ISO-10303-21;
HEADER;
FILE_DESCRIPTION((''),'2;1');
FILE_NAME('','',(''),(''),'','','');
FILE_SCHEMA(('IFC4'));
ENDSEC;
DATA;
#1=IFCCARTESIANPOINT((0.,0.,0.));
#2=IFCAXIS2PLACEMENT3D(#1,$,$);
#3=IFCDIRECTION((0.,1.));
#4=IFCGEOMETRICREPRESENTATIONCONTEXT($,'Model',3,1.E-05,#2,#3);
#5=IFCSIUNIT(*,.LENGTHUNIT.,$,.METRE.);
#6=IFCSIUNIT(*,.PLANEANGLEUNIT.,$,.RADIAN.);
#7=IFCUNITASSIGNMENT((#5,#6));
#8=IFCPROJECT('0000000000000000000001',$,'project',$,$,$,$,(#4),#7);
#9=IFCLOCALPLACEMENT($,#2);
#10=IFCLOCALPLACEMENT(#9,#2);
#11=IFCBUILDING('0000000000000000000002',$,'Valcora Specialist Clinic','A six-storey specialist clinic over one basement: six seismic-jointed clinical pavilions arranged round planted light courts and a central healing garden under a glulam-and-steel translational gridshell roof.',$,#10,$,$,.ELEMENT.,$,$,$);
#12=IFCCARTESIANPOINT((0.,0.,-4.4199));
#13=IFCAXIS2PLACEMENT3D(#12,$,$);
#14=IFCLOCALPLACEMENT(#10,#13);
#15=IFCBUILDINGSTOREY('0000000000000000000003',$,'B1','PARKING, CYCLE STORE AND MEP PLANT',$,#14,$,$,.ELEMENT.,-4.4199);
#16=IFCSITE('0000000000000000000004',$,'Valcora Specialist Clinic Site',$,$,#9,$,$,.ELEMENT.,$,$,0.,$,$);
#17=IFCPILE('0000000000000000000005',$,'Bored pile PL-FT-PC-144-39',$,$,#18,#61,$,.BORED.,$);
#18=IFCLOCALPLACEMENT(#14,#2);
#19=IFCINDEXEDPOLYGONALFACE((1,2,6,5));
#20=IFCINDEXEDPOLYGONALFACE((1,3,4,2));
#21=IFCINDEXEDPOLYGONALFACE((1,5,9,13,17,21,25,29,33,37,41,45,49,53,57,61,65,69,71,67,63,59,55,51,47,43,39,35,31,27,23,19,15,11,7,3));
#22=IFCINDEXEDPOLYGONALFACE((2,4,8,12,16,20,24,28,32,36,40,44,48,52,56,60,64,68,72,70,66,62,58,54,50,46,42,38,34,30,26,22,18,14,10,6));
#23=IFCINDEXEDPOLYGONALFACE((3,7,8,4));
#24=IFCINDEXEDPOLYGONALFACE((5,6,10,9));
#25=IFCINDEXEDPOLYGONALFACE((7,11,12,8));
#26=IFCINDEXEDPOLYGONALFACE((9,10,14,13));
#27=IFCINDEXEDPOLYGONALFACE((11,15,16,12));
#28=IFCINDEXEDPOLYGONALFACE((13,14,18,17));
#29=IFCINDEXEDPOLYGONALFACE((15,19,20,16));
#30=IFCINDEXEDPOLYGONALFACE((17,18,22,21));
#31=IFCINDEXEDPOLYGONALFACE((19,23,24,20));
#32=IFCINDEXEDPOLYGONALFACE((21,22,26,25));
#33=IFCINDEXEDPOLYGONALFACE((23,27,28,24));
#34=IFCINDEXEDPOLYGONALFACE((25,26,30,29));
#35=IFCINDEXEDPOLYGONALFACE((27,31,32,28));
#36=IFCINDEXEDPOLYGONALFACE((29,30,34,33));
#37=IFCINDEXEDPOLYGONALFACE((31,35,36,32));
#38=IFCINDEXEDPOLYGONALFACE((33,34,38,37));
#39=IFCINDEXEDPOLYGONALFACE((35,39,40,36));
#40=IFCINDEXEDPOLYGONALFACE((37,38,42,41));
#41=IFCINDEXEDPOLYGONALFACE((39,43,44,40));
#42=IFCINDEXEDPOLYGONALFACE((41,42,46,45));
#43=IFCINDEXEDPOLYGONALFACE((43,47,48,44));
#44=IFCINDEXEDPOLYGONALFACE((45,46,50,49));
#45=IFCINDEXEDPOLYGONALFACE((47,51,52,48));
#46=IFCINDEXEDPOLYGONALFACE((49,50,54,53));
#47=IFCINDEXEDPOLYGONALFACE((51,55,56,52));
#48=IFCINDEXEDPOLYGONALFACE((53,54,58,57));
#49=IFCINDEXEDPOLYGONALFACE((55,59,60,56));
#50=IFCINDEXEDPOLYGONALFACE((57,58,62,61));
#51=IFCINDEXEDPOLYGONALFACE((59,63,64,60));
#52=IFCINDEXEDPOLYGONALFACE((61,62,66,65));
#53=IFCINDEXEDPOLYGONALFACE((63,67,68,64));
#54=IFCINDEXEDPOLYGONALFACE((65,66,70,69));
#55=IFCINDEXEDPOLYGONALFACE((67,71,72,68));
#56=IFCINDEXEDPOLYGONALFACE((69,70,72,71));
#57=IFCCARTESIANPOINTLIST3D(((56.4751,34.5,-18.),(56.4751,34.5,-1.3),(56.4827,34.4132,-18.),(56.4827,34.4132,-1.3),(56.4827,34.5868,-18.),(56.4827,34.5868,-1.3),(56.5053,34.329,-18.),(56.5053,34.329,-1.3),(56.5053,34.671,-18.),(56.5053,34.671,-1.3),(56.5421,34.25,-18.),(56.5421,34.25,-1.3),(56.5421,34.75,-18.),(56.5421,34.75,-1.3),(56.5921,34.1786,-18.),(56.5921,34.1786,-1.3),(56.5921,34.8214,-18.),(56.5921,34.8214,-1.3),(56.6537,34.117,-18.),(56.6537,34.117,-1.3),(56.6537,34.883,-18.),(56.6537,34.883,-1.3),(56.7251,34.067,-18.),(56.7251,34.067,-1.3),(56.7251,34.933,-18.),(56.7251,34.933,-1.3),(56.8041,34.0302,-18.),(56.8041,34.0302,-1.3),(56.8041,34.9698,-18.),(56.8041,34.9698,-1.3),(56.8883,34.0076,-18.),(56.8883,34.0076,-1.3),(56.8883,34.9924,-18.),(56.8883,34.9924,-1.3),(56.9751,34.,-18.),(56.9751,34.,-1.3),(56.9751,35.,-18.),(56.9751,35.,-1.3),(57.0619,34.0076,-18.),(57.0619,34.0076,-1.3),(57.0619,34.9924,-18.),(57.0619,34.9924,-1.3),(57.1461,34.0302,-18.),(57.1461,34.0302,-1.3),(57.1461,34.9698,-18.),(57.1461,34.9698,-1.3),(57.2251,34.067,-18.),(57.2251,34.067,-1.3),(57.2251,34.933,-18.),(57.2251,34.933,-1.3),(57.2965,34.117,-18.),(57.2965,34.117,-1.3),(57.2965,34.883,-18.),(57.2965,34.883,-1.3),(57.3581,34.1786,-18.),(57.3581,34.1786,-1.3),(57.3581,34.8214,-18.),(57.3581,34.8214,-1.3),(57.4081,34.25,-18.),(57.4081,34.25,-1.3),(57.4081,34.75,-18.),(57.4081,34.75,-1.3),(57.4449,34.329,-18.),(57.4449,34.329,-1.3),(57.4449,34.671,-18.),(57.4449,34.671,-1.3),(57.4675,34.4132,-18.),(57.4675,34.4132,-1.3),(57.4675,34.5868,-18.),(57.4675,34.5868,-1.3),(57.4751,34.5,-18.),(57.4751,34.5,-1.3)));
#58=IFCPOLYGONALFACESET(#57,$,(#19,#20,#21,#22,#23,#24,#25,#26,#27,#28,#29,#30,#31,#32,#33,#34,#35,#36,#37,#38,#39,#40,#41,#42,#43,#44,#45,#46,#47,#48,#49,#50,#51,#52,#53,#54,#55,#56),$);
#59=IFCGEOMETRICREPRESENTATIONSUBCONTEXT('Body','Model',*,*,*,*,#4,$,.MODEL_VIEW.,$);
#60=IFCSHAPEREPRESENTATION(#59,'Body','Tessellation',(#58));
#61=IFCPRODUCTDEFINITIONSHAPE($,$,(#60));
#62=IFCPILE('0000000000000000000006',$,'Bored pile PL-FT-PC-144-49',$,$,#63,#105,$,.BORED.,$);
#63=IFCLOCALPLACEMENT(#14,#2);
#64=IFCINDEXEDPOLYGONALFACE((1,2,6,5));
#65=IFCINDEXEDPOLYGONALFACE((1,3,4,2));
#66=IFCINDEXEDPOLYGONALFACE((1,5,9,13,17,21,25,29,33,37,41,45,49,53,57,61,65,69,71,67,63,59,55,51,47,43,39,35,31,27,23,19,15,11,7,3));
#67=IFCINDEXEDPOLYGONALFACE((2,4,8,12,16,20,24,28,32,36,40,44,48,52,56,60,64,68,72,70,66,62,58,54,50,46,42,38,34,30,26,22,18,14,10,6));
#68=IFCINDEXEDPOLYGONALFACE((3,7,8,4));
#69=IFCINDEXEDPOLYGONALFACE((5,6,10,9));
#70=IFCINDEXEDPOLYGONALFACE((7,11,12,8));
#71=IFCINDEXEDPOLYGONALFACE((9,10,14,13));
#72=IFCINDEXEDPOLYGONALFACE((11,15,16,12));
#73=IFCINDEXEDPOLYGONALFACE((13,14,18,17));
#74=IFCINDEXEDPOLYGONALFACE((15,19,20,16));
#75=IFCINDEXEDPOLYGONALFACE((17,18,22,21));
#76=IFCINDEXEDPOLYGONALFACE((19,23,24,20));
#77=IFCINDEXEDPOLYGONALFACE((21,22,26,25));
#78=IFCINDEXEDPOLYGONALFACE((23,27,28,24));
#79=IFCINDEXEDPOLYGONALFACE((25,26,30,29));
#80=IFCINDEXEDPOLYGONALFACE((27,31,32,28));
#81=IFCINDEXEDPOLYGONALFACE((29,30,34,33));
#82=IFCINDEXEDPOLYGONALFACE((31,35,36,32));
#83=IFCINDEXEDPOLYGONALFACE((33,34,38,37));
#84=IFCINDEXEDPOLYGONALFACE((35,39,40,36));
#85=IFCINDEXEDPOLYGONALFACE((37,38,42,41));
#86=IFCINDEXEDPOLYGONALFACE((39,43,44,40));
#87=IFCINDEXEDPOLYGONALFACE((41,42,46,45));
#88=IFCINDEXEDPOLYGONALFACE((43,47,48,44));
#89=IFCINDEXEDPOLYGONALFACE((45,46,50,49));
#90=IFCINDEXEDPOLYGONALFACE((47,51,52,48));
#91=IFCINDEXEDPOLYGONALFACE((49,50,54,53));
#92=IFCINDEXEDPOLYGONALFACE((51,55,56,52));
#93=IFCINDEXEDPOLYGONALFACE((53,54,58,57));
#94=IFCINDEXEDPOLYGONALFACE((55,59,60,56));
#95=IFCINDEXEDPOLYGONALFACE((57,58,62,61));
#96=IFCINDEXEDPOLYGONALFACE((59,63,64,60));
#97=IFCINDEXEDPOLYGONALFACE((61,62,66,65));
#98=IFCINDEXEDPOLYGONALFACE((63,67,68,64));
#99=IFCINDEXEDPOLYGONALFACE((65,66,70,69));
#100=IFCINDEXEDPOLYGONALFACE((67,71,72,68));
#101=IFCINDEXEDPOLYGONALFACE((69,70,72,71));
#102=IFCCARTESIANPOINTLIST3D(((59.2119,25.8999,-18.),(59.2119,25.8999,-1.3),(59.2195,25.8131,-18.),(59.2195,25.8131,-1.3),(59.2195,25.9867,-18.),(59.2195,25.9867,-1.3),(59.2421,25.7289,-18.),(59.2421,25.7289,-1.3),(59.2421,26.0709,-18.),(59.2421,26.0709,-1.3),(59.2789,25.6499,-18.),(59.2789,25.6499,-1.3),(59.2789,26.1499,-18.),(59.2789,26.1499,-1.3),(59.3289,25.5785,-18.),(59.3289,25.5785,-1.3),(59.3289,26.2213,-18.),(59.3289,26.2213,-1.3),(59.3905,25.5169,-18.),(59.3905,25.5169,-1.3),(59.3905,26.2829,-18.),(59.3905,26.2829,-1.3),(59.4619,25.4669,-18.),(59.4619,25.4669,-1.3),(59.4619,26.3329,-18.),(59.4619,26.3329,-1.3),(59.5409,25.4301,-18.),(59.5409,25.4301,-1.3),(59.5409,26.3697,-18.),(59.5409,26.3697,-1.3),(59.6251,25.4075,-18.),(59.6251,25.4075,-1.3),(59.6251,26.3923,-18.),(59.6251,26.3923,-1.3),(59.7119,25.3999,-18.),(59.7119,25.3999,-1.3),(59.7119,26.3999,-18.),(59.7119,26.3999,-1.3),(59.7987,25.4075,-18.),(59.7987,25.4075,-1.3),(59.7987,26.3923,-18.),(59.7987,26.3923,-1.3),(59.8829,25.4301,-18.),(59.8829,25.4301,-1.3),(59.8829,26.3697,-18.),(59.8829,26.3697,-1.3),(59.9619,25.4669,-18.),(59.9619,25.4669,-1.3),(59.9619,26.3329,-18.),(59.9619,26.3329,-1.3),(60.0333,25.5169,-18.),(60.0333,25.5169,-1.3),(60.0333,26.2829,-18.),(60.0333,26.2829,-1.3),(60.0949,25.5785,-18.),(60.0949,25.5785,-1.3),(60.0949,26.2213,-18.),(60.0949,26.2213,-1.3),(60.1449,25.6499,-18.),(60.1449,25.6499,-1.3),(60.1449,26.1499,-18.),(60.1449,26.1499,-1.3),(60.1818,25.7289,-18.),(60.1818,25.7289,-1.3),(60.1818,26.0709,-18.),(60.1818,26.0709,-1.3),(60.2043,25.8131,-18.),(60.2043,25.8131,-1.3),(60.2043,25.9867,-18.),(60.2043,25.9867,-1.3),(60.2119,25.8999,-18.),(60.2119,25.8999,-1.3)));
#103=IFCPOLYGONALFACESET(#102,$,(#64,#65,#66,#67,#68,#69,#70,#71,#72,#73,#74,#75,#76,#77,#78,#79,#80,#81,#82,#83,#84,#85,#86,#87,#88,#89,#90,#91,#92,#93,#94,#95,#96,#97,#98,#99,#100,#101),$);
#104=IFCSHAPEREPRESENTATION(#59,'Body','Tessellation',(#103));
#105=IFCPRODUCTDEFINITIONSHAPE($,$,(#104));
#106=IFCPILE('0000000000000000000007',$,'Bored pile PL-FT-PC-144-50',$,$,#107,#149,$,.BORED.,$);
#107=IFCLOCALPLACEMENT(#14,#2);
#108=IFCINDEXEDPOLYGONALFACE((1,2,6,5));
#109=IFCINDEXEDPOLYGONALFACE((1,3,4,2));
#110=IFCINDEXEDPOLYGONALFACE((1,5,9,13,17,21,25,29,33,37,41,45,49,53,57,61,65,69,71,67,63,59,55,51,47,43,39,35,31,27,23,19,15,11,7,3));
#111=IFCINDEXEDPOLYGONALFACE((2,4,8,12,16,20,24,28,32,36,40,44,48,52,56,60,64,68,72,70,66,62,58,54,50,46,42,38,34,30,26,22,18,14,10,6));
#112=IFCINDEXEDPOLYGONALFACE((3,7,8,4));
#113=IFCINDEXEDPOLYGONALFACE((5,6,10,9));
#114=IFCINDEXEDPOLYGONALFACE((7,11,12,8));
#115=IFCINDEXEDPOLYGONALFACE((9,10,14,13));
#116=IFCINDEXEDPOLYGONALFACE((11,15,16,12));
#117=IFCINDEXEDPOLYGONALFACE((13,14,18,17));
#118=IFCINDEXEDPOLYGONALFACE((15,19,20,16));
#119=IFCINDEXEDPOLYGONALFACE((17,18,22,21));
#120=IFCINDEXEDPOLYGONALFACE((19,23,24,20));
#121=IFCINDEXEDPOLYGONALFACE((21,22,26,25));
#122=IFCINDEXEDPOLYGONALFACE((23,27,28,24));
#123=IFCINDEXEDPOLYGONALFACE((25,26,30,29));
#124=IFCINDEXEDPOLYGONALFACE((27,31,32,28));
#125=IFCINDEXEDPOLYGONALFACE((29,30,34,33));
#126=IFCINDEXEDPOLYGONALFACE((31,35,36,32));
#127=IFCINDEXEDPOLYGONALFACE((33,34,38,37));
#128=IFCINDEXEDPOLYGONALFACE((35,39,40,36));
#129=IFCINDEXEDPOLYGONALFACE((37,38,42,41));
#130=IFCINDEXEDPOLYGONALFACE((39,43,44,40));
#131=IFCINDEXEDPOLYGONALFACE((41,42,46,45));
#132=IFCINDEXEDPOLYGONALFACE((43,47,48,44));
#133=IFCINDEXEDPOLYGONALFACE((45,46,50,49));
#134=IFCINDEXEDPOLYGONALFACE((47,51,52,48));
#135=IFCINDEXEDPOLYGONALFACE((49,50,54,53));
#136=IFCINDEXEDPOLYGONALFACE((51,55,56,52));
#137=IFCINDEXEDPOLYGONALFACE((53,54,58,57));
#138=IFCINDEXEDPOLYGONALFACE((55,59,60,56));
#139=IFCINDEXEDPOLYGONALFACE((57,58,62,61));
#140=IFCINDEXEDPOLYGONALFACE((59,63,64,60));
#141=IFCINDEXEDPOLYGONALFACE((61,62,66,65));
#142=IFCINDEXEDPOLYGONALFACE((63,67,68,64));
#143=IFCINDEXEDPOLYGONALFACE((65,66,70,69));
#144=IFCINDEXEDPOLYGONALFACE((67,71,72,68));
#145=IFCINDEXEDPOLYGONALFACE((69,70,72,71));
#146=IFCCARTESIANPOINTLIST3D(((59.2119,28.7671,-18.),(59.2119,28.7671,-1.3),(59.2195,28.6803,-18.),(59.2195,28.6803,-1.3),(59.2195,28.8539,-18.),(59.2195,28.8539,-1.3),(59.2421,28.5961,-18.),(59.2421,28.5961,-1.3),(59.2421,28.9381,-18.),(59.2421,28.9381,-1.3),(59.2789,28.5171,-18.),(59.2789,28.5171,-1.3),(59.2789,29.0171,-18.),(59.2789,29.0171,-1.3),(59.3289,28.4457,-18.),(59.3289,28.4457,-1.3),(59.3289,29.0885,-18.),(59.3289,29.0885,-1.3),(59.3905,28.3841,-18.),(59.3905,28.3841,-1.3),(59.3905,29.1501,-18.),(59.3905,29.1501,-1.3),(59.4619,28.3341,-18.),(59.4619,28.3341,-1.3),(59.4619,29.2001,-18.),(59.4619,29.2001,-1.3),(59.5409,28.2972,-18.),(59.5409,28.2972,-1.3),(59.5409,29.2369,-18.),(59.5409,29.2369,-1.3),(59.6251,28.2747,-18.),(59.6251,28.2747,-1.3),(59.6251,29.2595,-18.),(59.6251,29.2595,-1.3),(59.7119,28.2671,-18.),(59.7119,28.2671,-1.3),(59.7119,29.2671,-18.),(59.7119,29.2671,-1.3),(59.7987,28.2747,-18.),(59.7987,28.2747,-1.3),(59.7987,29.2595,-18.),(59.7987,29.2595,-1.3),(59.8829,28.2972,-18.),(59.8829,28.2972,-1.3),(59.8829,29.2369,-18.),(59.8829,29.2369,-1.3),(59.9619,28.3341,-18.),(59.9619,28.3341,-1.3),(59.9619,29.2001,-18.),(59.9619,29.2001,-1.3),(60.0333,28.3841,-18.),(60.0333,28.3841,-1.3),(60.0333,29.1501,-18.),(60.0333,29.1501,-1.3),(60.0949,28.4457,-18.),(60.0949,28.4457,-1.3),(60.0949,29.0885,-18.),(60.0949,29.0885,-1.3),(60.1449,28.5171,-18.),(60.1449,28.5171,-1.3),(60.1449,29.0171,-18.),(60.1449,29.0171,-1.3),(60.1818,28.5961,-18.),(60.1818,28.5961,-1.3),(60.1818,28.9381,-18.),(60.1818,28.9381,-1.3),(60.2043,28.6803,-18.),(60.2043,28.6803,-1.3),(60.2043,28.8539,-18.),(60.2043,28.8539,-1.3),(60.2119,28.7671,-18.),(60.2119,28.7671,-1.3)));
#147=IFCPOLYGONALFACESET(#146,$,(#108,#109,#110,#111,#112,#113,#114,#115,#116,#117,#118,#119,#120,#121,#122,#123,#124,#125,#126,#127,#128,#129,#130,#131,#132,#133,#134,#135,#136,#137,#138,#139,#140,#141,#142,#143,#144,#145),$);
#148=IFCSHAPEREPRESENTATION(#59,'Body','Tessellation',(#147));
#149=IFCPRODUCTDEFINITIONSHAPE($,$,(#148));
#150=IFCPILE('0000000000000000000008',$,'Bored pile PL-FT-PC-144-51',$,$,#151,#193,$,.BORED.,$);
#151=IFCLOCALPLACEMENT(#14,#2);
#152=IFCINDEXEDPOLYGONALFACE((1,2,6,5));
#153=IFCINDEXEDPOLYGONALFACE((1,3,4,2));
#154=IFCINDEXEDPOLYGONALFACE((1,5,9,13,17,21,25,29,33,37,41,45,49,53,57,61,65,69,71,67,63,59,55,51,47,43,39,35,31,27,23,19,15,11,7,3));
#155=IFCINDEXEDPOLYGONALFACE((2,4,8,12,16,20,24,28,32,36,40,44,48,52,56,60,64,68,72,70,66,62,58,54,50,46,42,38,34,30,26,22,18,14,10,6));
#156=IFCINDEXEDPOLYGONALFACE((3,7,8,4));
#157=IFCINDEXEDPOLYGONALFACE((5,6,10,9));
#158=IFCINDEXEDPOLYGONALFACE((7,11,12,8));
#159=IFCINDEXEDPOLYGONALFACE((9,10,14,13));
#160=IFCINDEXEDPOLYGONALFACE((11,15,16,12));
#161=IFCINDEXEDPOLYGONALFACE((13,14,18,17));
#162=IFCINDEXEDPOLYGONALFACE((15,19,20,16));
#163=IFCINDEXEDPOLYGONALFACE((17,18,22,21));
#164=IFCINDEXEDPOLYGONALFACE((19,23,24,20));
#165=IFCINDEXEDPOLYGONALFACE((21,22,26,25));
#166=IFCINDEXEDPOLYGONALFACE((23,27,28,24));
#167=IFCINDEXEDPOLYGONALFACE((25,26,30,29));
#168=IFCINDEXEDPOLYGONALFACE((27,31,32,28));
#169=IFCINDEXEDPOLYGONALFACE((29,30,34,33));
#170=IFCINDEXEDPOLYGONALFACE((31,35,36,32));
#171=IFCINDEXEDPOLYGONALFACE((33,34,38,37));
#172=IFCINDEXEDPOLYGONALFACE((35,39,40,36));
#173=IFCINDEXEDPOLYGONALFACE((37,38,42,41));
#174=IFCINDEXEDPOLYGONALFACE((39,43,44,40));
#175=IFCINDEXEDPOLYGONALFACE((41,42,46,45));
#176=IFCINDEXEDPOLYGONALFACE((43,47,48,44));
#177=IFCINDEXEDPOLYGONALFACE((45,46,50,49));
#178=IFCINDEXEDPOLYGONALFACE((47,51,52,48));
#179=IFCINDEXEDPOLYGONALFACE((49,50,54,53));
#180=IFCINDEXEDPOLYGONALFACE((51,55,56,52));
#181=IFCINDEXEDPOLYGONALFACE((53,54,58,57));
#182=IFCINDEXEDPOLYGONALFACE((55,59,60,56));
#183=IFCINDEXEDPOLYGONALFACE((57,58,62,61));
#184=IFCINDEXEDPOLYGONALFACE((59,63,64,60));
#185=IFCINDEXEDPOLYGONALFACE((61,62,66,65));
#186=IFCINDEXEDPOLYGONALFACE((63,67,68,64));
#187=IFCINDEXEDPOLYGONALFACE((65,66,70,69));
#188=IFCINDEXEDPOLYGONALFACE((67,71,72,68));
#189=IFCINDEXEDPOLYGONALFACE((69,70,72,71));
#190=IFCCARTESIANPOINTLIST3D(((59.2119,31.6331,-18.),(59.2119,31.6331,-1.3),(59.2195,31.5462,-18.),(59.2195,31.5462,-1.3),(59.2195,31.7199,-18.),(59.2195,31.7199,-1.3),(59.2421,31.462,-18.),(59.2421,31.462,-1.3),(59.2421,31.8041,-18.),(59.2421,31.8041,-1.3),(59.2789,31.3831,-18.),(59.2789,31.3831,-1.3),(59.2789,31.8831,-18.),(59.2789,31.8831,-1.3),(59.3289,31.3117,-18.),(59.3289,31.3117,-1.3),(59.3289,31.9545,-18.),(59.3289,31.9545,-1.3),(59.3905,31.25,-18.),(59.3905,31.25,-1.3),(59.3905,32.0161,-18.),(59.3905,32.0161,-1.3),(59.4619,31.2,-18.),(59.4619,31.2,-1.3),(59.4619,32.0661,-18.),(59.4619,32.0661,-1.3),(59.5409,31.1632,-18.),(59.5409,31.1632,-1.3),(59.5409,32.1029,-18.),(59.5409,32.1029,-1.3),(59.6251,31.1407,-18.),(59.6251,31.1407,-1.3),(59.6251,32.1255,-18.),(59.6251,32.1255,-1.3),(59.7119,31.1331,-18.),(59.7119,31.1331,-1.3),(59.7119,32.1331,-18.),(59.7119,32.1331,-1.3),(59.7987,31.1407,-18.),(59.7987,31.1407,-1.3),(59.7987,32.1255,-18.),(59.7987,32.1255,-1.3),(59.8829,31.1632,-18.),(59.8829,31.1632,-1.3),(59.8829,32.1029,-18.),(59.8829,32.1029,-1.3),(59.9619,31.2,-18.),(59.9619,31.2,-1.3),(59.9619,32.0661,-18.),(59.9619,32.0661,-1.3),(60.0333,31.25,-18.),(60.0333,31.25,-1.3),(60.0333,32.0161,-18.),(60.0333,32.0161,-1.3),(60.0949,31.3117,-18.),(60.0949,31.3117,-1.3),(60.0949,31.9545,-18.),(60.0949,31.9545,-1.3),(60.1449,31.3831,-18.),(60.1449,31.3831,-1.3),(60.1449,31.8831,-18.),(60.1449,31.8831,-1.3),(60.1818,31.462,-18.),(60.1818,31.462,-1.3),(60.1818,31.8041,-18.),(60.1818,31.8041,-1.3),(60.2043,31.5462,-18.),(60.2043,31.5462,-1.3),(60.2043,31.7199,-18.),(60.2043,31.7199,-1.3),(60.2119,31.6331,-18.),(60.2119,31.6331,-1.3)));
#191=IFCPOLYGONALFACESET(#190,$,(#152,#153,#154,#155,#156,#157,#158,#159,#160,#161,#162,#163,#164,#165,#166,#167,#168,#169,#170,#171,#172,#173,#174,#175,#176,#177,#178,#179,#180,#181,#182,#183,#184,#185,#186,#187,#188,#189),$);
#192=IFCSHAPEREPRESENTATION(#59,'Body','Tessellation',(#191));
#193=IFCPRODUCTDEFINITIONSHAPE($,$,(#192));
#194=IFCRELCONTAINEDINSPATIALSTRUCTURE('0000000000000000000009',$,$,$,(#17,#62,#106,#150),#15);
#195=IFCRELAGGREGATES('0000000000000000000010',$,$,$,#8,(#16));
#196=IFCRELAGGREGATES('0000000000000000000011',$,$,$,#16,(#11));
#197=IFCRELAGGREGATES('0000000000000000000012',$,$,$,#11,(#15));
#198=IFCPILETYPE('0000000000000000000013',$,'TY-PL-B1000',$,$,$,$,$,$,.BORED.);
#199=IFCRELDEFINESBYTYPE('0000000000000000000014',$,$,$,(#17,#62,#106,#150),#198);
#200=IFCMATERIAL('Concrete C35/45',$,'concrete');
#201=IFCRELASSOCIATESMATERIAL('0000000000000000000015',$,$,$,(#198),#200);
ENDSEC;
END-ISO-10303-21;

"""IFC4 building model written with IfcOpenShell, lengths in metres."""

from ifc_helpers import new_model, si_unit, direction, frame, origin, origin_2d, place, context, subcontext, project, spatial, circle, extrude, material, material_profile, profile_set, type_object, element, save


model = new_model("IFC4")

# Units and contexts
model_context = context("Model", 3, precision=1e-05, world=origin(), true_north=direction((0.0, 1.0)))
body_context = subcontext(model_context, "Body", "Model", "MODEL_VIEW")
ifc_project = project(units=[si_unit("LENGTHUNIT", "METRE"), si_unit("PLANEANGLEUNIT", "RADIAN")], contexts=[model_context])

# Site, building, storey
site_placement = place(None, origin())
site = spatial("IfcSite", under=ifc_project, at=site_placement, Name="Valcora Specialist Clinic Site", CompositionType="ELEMENT", RefElevation=0.0)
building_placement = place(site_placement, origin())
building = spatial("IfcBuilding", under=site, at=building_placement, Name="Valcora Specialist Clinic", Description="A six-storey specialist clinic over one basement: six seismic-jointed clinical pavilions arranged round planted light courts and a central healing garden under a glulam-and-steel translational gridshell roof.", CompositionType="ELEMENT")
storey_placement = place(building_placement, frame((0.0, 0.0, -4.4199)))
storey = spatial("IfcBuildingStorey", under=building, at=storey_placement, Name="B1", Description="PARKING, CYCLE STORE AND MEP PLANT", CompositionType="ELEMENT", Elevation=-4.4199)

# Shared definitions
ifc_material_1 = material(Name="Concrete C35/45", Category="concrete")

# Piles
ifc_material_profile_1 = material_profile(ifc_material_1, circle(Radius=0.5, at=origin_2d()), Name="RC-PIL-D1000")
ifc_profile_set_1 = profile_set([ifc_material_profile_1], Name="Concrete C35/45")
pile_type_1 = type_object("IfcPileType", Name="TY-PL-B1000", PredefinedType="BORED", material=ifc_profile_set_1)
for number, where, z_axis, x_axis, name in (
    (1, (56.9751, 34.5, -1.3), (0.0, 0.0, -1.0), (1.0, 0.0, 0.0), "Bored pile PL-FT-PC-144-39"),
    (2, (59.7119, 25.8999, -1.3), (0.0, 0.0, -1.0), (1.0, 0.0, 0.0), "Bored pile PL-FT-PC-144-49"),
    (3, (59.7119, 28.7671, -1.3), (0.0, 0.0, -1.0), (1.0, 0.0, 0.0), "Bored pile PL-FT-PC-144-50"),
    (4, (59.7119, 31.6331, -1.3), (0.0, 0.0, -1.0), (1.0, 0.0, 0.0), "Bored pile PL-FT-PC-144-51"),
):
    element("IfcPile", number, at=place(storey_placement, frame(where, z_axis=z_axis, x_axis=x_axis)), inside=storey, type_object=pile_type_1, Name=name, PredefinedType="BORED", context=body_context, shape_type="SweptSolid", body=[
        extrude(circle(Radius=0.5, at=origin_2d()), origin(), (0.0, 0.0, 1.0), 16.7),
    ])

save(model, "model.ifc")
